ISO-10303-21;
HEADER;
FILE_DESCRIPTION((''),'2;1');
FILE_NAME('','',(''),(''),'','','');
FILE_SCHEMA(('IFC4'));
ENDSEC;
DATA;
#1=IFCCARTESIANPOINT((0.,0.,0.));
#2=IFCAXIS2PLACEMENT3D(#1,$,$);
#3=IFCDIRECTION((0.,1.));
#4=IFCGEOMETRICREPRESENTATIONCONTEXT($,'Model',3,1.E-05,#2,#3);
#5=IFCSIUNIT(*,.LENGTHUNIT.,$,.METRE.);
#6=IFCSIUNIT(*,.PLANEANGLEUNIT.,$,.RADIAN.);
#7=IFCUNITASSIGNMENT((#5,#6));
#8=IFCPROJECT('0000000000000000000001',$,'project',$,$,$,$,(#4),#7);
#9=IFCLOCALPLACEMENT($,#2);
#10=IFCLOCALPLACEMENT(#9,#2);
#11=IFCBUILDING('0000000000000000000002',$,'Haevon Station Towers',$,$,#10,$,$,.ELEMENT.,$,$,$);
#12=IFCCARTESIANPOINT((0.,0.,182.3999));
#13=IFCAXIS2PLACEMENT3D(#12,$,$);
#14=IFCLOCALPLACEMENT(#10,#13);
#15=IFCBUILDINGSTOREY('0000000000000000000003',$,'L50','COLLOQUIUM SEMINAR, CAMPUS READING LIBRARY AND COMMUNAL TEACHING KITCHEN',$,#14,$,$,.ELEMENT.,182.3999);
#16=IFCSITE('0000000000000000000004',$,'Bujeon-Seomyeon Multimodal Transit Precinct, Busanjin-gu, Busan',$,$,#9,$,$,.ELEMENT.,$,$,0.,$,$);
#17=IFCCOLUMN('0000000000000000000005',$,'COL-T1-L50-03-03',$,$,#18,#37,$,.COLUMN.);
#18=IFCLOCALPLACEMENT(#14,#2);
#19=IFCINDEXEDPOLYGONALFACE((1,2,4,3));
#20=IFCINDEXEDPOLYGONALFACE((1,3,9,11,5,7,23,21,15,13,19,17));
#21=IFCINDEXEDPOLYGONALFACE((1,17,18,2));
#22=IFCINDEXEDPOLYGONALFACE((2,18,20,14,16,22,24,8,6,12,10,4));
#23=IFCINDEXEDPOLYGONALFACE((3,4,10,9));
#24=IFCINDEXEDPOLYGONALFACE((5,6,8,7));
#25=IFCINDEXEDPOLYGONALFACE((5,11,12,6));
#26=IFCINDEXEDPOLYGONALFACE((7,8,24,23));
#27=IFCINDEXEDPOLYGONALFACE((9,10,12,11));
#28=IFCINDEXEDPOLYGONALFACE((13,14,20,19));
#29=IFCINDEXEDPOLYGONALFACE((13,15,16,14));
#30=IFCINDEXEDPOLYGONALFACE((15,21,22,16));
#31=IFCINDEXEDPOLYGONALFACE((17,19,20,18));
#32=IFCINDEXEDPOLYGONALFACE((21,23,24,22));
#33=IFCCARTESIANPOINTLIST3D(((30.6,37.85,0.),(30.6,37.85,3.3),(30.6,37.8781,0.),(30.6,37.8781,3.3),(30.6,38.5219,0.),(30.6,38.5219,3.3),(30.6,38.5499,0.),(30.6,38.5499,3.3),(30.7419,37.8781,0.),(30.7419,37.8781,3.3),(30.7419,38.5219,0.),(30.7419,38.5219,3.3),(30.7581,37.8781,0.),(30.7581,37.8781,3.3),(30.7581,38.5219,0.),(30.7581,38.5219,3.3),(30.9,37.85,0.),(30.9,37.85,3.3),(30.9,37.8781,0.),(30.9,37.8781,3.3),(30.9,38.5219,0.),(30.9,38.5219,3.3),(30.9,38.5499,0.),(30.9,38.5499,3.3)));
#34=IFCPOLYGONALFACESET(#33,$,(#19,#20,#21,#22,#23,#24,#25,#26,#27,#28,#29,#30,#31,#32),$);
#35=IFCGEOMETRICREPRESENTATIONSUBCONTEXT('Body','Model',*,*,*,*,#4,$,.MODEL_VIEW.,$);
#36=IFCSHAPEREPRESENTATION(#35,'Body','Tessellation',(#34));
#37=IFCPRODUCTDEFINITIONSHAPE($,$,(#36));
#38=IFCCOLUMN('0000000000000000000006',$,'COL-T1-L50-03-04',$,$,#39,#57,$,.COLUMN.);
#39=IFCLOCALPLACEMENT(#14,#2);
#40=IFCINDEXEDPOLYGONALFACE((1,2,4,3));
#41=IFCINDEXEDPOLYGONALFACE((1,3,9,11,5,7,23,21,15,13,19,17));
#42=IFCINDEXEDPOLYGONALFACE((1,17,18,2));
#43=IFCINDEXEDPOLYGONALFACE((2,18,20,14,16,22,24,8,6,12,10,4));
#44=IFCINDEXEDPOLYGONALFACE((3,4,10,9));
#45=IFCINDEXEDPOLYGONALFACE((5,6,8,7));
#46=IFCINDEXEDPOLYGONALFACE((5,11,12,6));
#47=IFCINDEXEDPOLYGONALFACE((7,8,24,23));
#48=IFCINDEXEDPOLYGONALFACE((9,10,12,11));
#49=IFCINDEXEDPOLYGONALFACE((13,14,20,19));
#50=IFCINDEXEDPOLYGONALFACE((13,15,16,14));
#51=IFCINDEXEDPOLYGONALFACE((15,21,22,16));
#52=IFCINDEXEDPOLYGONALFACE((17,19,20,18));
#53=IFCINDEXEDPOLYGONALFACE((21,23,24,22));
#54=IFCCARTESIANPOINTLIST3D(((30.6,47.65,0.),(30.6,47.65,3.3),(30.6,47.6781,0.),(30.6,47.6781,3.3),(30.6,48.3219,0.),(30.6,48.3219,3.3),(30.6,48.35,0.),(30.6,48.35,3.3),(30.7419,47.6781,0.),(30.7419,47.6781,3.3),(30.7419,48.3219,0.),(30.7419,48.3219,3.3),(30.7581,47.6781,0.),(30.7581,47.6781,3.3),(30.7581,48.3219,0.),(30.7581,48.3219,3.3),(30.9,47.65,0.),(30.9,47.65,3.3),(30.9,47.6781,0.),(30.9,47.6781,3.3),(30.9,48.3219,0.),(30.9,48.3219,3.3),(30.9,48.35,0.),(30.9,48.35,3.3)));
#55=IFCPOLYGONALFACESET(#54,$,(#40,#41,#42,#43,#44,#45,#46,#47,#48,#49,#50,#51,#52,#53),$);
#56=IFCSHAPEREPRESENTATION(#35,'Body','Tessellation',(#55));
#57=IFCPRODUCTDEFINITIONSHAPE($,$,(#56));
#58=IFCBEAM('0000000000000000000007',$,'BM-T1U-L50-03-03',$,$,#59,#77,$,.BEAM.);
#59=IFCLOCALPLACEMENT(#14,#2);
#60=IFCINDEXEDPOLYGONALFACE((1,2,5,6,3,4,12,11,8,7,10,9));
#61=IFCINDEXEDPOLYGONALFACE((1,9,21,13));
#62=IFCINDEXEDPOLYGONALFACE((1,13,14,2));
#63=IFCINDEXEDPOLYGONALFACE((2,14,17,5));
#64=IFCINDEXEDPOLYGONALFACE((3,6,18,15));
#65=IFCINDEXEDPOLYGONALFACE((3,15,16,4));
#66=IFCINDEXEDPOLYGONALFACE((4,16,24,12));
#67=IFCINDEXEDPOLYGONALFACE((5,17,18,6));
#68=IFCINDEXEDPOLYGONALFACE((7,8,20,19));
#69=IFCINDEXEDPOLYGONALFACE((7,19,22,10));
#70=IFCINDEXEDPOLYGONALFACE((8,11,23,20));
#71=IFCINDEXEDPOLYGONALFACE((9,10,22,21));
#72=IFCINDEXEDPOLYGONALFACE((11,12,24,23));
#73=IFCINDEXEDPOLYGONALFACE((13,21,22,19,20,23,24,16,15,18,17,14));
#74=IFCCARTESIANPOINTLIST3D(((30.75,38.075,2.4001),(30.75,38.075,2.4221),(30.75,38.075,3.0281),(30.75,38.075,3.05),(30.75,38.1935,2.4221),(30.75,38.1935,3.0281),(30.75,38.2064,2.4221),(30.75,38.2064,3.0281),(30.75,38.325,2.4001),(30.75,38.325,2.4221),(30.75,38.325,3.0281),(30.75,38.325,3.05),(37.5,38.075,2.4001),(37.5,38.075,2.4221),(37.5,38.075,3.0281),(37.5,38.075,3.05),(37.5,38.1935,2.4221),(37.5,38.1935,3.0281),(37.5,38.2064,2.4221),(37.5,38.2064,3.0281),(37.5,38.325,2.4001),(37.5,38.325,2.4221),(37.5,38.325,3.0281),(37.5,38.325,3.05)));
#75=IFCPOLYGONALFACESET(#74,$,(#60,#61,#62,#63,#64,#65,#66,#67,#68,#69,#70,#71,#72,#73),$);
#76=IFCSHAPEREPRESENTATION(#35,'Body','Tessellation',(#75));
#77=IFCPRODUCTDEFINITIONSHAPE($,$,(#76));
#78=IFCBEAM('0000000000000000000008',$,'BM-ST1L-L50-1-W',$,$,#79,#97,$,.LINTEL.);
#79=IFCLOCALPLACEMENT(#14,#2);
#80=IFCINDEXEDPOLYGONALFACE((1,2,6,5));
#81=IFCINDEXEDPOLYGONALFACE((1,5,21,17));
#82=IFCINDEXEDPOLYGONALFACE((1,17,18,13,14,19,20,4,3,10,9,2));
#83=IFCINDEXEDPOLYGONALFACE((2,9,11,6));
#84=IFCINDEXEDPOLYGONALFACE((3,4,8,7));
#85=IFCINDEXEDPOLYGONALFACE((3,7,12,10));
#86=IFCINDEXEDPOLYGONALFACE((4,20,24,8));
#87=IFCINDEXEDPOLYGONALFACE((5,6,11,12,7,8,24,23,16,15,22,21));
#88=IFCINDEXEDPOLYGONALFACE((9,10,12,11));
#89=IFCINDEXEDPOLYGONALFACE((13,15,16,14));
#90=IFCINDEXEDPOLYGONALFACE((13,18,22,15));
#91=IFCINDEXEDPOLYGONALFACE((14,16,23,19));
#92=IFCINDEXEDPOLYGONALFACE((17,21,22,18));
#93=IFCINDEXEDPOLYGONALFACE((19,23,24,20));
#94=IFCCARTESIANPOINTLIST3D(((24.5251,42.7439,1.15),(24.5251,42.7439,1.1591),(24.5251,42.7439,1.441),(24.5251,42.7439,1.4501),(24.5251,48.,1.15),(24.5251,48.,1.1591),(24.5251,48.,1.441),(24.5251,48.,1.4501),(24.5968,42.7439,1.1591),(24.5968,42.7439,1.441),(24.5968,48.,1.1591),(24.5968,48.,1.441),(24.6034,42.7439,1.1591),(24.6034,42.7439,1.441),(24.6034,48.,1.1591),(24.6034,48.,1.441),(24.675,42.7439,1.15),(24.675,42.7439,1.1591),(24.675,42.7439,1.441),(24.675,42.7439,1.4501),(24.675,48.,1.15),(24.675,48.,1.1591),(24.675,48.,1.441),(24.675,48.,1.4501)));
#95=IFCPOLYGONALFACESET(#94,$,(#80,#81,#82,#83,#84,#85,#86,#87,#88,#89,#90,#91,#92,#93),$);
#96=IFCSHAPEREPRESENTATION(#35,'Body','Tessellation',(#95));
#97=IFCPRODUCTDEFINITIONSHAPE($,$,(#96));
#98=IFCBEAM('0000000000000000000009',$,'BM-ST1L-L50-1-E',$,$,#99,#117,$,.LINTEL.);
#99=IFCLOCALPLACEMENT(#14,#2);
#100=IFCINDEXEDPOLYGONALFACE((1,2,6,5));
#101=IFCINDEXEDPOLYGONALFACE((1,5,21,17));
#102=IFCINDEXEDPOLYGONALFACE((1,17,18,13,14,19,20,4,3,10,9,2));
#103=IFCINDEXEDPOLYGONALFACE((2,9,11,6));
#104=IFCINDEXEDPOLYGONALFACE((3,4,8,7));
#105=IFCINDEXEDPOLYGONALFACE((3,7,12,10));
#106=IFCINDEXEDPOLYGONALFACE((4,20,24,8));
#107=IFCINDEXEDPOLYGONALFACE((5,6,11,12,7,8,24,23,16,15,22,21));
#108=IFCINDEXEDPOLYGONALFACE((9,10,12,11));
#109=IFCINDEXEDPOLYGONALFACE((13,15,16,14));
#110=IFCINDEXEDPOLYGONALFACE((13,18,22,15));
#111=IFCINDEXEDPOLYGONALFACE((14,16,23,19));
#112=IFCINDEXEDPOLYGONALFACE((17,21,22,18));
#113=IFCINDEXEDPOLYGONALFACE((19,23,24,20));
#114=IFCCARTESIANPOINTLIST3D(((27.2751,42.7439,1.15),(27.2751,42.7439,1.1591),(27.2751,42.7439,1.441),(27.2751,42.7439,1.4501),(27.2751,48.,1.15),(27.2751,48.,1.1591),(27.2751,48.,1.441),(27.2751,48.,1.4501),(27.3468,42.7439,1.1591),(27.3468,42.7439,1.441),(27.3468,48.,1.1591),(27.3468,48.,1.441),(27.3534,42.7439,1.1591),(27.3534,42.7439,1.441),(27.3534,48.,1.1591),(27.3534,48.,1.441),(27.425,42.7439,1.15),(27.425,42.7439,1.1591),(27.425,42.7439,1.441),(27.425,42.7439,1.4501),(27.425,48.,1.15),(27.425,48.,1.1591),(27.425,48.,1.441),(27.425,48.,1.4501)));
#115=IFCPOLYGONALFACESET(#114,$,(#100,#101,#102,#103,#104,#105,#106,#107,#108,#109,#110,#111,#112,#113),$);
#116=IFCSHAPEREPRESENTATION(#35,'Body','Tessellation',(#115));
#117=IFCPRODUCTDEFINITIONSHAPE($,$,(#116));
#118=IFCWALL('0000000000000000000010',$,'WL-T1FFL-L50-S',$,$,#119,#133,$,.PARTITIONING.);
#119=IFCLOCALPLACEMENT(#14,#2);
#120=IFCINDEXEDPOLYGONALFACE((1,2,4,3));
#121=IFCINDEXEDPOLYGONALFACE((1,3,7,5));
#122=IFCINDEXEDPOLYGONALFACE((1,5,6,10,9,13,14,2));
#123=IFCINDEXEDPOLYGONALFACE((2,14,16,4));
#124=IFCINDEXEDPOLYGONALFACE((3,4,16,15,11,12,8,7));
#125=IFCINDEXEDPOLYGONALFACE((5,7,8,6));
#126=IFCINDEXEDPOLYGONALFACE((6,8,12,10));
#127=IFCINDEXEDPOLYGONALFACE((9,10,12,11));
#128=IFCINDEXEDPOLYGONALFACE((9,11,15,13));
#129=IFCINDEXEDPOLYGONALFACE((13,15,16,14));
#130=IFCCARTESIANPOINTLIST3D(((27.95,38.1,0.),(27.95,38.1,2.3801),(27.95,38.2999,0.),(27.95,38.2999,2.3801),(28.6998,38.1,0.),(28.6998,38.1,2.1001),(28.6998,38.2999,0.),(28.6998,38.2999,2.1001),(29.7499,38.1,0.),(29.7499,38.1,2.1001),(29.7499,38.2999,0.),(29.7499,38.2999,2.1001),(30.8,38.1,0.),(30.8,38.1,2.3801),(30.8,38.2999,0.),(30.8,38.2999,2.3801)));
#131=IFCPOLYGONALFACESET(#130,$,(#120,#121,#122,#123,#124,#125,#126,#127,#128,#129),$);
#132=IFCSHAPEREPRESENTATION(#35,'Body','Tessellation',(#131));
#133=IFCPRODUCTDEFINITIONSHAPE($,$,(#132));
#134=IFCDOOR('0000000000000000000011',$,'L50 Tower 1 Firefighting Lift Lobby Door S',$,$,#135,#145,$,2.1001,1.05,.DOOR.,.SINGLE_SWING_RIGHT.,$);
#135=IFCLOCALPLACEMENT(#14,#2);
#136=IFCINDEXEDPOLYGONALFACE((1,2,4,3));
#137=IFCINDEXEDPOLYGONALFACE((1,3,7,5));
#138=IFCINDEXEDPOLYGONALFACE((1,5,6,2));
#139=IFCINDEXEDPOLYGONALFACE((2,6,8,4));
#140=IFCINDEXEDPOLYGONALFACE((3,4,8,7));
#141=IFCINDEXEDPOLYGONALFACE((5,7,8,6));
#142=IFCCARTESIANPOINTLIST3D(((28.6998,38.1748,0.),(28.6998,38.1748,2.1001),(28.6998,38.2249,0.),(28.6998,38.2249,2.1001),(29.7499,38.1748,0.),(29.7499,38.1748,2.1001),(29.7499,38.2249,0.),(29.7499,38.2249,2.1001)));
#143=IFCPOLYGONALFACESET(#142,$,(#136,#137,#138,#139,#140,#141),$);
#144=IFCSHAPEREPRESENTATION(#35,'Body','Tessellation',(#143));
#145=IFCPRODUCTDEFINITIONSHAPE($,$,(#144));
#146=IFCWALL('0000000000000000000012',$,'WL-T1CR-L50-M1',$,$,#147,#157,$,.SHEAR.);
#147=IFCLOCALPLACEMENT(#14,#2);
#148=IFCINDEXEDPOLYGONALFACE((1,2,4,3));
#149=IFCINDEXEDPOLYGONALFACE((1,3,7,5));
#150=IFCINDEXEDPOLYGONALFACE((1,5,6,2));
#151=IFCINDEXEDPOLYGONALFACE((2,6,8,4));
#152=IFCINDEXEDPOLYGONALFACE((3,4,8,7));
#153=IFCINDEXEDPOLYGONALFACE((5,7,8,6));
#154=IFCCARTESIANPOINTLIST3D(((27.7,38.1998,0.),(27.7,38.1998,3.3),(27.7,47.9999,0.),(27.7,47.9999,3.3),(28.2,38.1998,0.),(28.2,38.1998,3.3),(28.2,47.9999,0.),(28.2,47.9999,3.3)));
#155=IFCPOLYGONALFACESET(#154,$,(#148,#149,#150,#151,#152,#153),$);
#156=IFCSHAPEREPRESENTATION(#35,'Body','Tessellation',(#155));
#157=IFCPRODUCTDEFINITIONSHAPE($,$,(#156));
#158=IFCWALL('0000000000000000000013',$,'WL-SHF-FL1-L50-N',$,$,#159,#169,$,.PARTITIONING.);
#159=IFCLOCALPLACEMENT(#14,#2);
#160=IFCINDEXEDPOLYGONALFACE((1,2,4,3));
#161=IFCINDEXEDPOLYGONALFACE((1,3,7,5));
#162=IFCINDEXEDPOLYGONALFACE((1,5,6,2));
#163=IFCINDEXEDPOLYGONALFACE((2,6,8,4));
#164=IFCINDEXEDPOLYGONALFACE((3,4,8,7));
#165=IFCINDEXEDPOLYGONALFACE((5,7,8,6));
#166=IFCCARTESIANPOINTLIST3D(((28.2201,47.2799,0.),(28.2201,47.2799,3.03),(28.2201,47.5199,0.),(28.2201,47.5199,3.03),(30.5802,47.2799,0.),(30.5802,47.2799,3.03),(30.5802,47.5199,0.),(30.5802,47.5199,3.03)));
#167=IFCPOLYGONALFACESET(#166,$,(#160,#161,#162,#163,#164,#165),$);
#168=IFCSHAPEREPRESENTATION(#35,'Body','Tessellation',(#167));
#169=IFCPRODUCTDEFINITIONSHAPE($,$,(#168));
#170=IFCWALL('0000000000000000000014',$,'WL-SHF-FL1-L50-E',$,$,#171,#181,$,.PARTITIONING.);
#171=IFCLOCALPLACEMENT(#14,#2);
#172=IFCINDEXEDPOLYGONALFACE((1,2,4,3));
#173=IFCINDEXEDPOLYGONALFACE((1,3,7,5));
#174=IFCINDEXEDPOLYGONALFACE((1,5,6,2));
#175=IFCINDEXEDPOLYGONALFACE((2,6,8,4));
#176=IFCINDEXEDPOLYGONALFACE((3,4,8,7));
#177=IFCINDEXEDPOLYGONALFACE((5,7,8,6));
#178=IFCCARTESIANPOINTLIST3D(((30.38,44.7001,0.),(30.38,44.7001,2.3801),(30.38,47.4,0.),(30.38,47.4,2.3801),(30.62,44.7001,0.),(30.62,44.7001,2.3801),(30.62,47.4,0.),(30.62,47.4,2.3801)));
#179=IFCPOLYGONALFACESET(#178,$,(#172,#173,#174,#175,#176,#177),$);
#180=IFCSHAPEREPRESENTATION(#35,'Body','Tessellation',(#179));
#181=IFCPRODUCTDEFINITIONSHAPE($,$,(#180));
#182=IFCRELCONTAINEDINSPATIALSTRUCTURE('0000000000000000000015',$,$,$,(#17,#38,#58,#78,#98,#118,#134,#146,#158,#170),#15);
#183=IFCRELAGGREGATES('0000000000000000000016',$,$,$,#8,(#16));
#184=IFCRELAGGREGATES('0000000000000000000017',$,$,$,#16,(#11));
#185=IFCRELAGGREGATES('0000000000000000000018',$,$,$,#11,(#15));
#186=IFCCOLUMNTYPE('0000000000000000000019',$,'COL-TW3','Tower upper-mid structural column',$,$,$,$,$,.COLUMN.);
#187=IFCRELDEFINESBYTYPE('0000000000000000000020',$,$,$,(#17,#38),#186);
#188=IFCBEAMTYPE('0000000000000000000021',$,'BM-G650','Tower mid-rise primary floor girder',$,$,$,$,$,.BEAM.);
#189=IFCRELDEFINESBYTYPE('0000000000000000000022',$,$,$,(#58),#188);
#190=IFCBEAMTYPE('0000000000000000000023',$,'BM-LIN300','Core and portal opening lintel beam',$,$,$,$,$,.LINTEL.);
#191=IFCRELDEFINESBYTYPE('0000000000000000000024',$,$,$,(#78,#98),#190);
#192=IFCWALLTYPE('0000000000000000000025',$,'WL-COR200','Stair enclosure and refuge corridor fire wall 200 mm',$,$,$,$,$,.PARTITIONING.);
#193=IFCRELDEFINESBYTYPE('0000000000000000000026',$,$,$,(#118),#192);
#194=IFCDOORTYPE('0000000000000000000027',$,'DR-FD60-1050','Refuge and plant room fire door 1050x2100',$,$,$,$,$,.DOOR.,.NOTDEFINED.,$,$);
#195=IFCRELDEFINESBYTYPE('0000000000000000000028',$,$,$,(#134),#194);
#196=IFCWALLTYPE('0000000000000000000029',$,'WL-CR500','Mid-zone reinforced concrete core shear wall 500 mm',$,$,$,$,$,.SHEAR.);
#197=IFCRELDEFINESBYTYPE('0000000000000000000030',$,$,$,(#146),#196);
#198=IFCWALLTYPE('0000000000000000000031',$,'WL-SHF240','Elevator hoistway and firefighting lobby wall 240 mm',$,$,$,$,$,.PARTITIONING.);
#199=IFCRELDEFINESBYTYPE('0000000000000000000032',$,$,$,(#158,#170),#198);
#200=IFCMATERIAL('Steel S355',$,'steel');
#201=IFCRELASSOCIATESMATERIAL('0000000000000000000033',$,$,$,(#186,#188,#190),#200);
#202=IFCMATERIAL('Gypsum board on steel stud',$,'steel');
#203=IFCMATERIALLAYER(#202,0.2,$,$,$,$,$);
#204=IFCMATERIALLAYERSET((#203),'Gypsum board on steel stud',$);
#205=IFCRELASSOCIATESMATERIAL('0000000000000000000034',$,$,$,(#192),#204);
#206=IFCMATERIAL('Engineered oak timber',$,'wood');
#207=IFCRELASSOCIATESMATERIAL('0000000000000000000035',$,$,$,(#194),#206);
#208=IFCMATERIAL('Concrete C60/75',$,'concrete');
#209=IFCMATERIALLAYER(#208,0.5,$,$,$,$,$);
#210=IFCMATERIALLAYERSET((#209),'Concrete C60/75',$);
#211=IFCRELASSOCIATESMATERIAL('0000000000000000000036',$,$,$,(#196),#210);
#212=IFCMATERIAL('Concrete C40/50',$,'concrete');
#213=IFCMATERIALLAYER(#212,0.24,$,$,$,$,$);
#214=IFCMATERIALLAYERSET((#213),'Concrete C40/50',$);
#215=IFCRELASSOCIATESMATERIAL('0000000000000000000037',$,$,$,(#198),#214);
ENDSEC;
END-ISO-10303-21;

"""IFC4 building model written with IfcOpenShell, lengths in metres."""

from ifc_helpers import new_model, si_unit, direction, frame, frame_2d, origin, origin_2d, place, context, subcontext, project, spatial, rectangle, i_section, extrude, material, layer, layer_set, material_profile, profile_set, type_object, element, fill, save


model = new_model("IFC4")

# Units and contexts
model_context = context("Model", 3, precision=1e-05, world=origin(), true_north=direction((0.0, 1.0)))
body_context = subcontext(model_context, "Body", "Model", "MODEL_VIEW")
ifc_project = project(units=[si_unit("LENGTHUNIT", "METRE"), si_unit("PLANEANGLEUNIT", "RADIAN")], contexts=[model_context])

# Site, building, storey
site_placement = place(None, origin())
site = spatial("IfcSite", under=ifc_project, at=site_placement, Name="Bujeon-Seomyeon Multimodal Transit Precinct, Busanjin-gu, Busan", CompositionType="ELEMENT", RefElevation=0.0)
building_placement = place(site_placement, origin())
building = spatial("IfcBuilding", under=site, at=building_placement, Name="Haevon Station Towers", CompositionType="ELEMENT")
storey_placement = place(building_placement, frame((0.0, 0.0, 182.3999)))
storey = spatial("IfcBuildingStorey", under=building, at=storey_placement, Name="L50", Description="COLLOQUIUM SEMINAR, CAMPUS READING LIBRARY AND COMMUNAL TEACHING KITCHEN", CompositionType="ELEMENT", Elevation=182.3999)

# Columns
ifc_material_1 = material(Name="Steel S355", Category="steel")
ifc_material_profile_1 = material_profile(ifc_material_1, i_section(OverallWidth=0.3, OverallDepth=0.7, WebThickness=0.0161, FlangeThickness=0.0281, at=origin_2d()), Name="H-700x300x16x28")
ifc_profile_set_1 = profile_set([ifc_material_profile_1], Name="Steel S355")
column_type = type_object("IfcColumnType", Name="COL-TW3", Description="Tower upper-mid structural column", PredefinedType="COLUMN", material=ifc_profile_set_1)
for number, where, z_axis, x_axis, name in (
    (1, (30.75, 38.2, 0.0), (0.0, 0.0, 1.0), (1.0, 0.0, 0.0), "COL-T1-L50-03-03"),
    (2, (30.75, 48.0, 0.0), (0.0, 0.0, 1.0), (1.0, 0.0, 0.0), "COL-T1-L50-03-04"),
):
    element("IfcColumn", number, at=place(storey_placement, frame(where, z_axis=z_axis, x_axis=x_axis)), inside=storey, type_object=column_type, Name=name, PredefinedType="COLUMN", context=body_context, shape_type="SweptSolid", body=[
        extrude(i_section(OverallWidth=0.3, OverallDepth=0.7, WebThickness=0.0161, FlangeThickness=0.0281, at=origin_2d()), origin(), (0.0, 0.0, 1.0), 3.3),
    ])

# Beams
ifc_material_profile_2 = material_profile(ifc_material_1, i_section(OverallWidth=0.25, OverallDepth=0.6499, WebThickness=0.0129, FlangeThickness=0.022, at=origin_2d()), Name="H-650x250x13x22")
ifc_profile_set_2 = profile_set([ifc_material_profile_2], Name="Steel S355")
beam_type_1 = type_object("IfcBeamType", Name="BM-G650", Description="Tower mid-rise primary floor girder", PredefinedType="BEAM", material=ifc_profile_set_2)
beam_placement = place(storey_placement, frame((30.75, 38.2, 2.7251), z_axis=(1.0, 0.0, 0.0), x_axis=(0.0, 1.0, 0.0)))
element("IfcBeam", 3, at=beam_placement, inside=storey, type_object=beam_type_1, Name="BM-T1U-L50-03-03", PredefinedType="BEAM", context=body_context, shape_type="SweptSolid", body=[
    extrude(i_section(OverallWidth=0.25, OverallDepth=0.6499, WebThickness=0.0129, FlangeThickness=0.022, at=origin_2d()), origin(), (0.0, 0.0, 1.0), 6.75),
])
ifc_material_profile_3 = material_profile(ifc_material_1, i_section(OverallWidth=0.1499, OverallDepth=0.3, WebThickness=0.0066, FlangeThickness=0.009, at=origin_2d()), Name="H-300x150x6.5x9")
ifc_profile_set_3 = profile_set([ifc_material_profile_3], Name="Steel S355")
beam_type_2 = type_object("IfcBeamType", Name="BM-LIN300", Description="Core and portal opening lintel beam", PredefinedType="LINTEL", material=ifc_profile_set_3)
for number, where, z_axis, x_axis, name in (
    (4, (24.6001, 42.7439, 1.3), (0.0, 1.0, 0.0), (-1.0, 0.0, 0.0), "BM-ST1L-L50-1-W"),
    (5, (27.3501, 42.7439, 1.3), (0.0, 1.0, 0.0), (-1.0, 0.0, 0.0), "BM-ST1L-L50-1-E"),
):
    element("IfcBeam", number, at=place(storey_placement, frame(where, z_axis=z_axis, x_axis=x_axis)), inside=storey, type_object=beam_type_2, Name=name, PredefinedType="LINTEL", context=body_context, shape_type="SweptSolid", body=[
        extrude(i_section(OverallWidth=0.1499, OverallDepth=0.3, WebThickness=0.0066, FlangeThickness=0.009, at=origin_2d()), origin(), (0.0, 0.0, 1.0), 5.2561),
    ])

# Wall, opening, door
ifc_material_2 = material(Name="Gypsum board on steel stud", Category="steel")
ifc_layer_1 = layer(ifc_material_2, 0.2)
ifc_layer_set_1 = layer_set([ifc_layer_1], Name="Gypsum board on steel stud")
wall_type_1 = type_object("IfcWallType", Name="WL-COR200", Description="Stair enclosure and refuge corridor fire wall 200 mm", PredefinedType="PARTITIONING", material=ifc_layer_set_1)
wall_1_placement = place(storey_placement, frame((27.95, 38.2, 0.0), z_axis=(0.0, 0.0, 1.0), x_axis=(1.0, 0.0, 0.0)))
wall_1 = element("IfcWall", 6, at=wall_1_placement, inside=storey, type_object=wall_type_1, Name="WL-T1FFL-L50-S", PredefinedType="PARTITIONING", context=body_context, shape_type="SweptSolid", body=[
    extrude(rectangle(XDim=2.8501, YDim=0.2, at=frame_2d((1.425, 0.0))), origin(), (0.0, 0.0, 1.0), 2.3801),
])
opening_1_placement = place(wall_1_placement, frame((0.75, 0.0, 0.0)))
opening_1 = element("IfcOpeningElement", 7, at=opening_1_placement, cuts=wall_1, PredefinedType="OPENING", context=body_context, shape_type="SweptSolid", body=[
    extrude(rectangle(XDim=1.05, YDim=2.1001, at=frame_2d((0.5249, 1.05))), frame((0.0, 0.1099, 0.0), z_axis=(0.0, -1.0, 0.0), x_axis=(1.0, 0.0, 0.0)), (0.0, 0.0, 1.0), 0.22),
])
ifc_material_3 = material(Name="Engineered oak timber", Category="wood")
door_type_1 = type_object("IfcDoorType", Name="DR-FD60-1050", Description="Refuge and plant room fire door 1050x2100", OperationType="NOTDEFINED", PredefinedType="DOOR", material=ifc_material_3)
door_1_placement = place(opening_1_placement, origin())
door_1 = element("IfcDoor", 8, at=door_1_placement, inside=storey, type_object=door_type_1, Name="L50 Tower 1 Firefighting Lift Lobby Door S", OperationType="SINGLE_SWING_RIGHT", OverallHeight=2.1001, OverallWidth=1.05, PredefinedType="DOOR", context=body_context, shape_type="SweptSolid", body=[
    extrude(rectangle(XDim=1.05, YDim=2.1001, at=frame_2d((0.5249, 1.05))), frame((0.0, 0.0249, 0.0), z_axis=(0.0, -1.0, 0.0), x_axis=(1.0, 0.0, 0.0)), (0.0, 0.0, 1.0), 0.05),
])
fill(opening_1, door_1)

# Wall
ifc_material_4 = material(Name="Concrete C60/75", Category="concrete")
ifc_layer_2 = layer(ifc_material_4, 0.5)
ifc_layer_set_2 = layer_set([ifc_layer_2], Name="Concrete C60/75")
wall_type_2 = type_object("IfcWallType", Name="WL-CR500", Description="Mid-zone reinforced concrete core shear wall 500 mm", PredefinedType="SHEAR", material=ifc_layer_set_2)
wall_2_placement = place(storey_placement, frame((27.95, 38.2, 0.0), z_axis=(0.0, 0.0, 1.0), x_axis=(0.0, 1.0, 0.0)))
element("IfcWall", 9, at=wall_2_placement, inside=storey, type_object=wall_type_2, Name="WL-T1CR-L50-M1", PredefinedType="SHEAR", context=body_context, shape_type="SweptSolid", body=[
    extrude(rectangle(XDim=9.8, YDim=0.5, at=frame_2d((4.8999, 0.0))), origin(), (0.0, 0.0, 1.0), 3.3),
])

# Shared definitions
ifc_material_5 = material(Name="Concrete C40/50", Category="concrete")
ifc_layer_3 = layer(ifc_material_5, 0.24)
ifc_layer_set_3 = layer_set([ifc_layer_3], Name="Concrete C40/50")
wall_type_3 = type_object("IfcWallType", Name="WL-SHF240", Description="Elevator hoistway and firefighting lobby wall 240 mm", PredefinedType="PARTITIONING", material=ifc_layer_set_3)

# Walls
wall_3_placement = place(storey_placement, frame((28.22, 47.3999, 0.0), z_axis=(0.0, 0.0, 1.0), x_axis=(1.0, 0.0, 0.0)))
element("IfcWall", 10, at=wall_3_placement, inside=storey, type_object=wall_type_3, Name="WL-SHF-FL1-L50-N", PredefinedType="PARTITIONING", context=body_context, shape_type="SweptSolid", body=[
    extrude(rectangle(XDim=2.3601, YDim=0.24, at=frame_2d((1.1802, 0.0))), origin(), (0.0, 0.0, 1.0), 3.03),
])
wall_4_placement = place(storey_placement, frame((30.5, 44.7, 0.0), z_axis=(0.0, 0.0, 1.0), x_axis=(0.0, 1.0, 0.0)))
element("IfcWall", 11, at=wall_4_placement, inside=storey, type_object=wall_type_3, Name="WL-SHF-FL1-L50-E", PredefinedType="PARTITIONING", context=body_context, shape_type="SweptSolid", body=[
    extrude(rectangle(XDim=2.7, YDim=0.24, at=frame_2d((1.3501, 0.0))), origin(), (0.0, 0.0, 1.0), 2.3801),
])

save(model, "model.ifc")
